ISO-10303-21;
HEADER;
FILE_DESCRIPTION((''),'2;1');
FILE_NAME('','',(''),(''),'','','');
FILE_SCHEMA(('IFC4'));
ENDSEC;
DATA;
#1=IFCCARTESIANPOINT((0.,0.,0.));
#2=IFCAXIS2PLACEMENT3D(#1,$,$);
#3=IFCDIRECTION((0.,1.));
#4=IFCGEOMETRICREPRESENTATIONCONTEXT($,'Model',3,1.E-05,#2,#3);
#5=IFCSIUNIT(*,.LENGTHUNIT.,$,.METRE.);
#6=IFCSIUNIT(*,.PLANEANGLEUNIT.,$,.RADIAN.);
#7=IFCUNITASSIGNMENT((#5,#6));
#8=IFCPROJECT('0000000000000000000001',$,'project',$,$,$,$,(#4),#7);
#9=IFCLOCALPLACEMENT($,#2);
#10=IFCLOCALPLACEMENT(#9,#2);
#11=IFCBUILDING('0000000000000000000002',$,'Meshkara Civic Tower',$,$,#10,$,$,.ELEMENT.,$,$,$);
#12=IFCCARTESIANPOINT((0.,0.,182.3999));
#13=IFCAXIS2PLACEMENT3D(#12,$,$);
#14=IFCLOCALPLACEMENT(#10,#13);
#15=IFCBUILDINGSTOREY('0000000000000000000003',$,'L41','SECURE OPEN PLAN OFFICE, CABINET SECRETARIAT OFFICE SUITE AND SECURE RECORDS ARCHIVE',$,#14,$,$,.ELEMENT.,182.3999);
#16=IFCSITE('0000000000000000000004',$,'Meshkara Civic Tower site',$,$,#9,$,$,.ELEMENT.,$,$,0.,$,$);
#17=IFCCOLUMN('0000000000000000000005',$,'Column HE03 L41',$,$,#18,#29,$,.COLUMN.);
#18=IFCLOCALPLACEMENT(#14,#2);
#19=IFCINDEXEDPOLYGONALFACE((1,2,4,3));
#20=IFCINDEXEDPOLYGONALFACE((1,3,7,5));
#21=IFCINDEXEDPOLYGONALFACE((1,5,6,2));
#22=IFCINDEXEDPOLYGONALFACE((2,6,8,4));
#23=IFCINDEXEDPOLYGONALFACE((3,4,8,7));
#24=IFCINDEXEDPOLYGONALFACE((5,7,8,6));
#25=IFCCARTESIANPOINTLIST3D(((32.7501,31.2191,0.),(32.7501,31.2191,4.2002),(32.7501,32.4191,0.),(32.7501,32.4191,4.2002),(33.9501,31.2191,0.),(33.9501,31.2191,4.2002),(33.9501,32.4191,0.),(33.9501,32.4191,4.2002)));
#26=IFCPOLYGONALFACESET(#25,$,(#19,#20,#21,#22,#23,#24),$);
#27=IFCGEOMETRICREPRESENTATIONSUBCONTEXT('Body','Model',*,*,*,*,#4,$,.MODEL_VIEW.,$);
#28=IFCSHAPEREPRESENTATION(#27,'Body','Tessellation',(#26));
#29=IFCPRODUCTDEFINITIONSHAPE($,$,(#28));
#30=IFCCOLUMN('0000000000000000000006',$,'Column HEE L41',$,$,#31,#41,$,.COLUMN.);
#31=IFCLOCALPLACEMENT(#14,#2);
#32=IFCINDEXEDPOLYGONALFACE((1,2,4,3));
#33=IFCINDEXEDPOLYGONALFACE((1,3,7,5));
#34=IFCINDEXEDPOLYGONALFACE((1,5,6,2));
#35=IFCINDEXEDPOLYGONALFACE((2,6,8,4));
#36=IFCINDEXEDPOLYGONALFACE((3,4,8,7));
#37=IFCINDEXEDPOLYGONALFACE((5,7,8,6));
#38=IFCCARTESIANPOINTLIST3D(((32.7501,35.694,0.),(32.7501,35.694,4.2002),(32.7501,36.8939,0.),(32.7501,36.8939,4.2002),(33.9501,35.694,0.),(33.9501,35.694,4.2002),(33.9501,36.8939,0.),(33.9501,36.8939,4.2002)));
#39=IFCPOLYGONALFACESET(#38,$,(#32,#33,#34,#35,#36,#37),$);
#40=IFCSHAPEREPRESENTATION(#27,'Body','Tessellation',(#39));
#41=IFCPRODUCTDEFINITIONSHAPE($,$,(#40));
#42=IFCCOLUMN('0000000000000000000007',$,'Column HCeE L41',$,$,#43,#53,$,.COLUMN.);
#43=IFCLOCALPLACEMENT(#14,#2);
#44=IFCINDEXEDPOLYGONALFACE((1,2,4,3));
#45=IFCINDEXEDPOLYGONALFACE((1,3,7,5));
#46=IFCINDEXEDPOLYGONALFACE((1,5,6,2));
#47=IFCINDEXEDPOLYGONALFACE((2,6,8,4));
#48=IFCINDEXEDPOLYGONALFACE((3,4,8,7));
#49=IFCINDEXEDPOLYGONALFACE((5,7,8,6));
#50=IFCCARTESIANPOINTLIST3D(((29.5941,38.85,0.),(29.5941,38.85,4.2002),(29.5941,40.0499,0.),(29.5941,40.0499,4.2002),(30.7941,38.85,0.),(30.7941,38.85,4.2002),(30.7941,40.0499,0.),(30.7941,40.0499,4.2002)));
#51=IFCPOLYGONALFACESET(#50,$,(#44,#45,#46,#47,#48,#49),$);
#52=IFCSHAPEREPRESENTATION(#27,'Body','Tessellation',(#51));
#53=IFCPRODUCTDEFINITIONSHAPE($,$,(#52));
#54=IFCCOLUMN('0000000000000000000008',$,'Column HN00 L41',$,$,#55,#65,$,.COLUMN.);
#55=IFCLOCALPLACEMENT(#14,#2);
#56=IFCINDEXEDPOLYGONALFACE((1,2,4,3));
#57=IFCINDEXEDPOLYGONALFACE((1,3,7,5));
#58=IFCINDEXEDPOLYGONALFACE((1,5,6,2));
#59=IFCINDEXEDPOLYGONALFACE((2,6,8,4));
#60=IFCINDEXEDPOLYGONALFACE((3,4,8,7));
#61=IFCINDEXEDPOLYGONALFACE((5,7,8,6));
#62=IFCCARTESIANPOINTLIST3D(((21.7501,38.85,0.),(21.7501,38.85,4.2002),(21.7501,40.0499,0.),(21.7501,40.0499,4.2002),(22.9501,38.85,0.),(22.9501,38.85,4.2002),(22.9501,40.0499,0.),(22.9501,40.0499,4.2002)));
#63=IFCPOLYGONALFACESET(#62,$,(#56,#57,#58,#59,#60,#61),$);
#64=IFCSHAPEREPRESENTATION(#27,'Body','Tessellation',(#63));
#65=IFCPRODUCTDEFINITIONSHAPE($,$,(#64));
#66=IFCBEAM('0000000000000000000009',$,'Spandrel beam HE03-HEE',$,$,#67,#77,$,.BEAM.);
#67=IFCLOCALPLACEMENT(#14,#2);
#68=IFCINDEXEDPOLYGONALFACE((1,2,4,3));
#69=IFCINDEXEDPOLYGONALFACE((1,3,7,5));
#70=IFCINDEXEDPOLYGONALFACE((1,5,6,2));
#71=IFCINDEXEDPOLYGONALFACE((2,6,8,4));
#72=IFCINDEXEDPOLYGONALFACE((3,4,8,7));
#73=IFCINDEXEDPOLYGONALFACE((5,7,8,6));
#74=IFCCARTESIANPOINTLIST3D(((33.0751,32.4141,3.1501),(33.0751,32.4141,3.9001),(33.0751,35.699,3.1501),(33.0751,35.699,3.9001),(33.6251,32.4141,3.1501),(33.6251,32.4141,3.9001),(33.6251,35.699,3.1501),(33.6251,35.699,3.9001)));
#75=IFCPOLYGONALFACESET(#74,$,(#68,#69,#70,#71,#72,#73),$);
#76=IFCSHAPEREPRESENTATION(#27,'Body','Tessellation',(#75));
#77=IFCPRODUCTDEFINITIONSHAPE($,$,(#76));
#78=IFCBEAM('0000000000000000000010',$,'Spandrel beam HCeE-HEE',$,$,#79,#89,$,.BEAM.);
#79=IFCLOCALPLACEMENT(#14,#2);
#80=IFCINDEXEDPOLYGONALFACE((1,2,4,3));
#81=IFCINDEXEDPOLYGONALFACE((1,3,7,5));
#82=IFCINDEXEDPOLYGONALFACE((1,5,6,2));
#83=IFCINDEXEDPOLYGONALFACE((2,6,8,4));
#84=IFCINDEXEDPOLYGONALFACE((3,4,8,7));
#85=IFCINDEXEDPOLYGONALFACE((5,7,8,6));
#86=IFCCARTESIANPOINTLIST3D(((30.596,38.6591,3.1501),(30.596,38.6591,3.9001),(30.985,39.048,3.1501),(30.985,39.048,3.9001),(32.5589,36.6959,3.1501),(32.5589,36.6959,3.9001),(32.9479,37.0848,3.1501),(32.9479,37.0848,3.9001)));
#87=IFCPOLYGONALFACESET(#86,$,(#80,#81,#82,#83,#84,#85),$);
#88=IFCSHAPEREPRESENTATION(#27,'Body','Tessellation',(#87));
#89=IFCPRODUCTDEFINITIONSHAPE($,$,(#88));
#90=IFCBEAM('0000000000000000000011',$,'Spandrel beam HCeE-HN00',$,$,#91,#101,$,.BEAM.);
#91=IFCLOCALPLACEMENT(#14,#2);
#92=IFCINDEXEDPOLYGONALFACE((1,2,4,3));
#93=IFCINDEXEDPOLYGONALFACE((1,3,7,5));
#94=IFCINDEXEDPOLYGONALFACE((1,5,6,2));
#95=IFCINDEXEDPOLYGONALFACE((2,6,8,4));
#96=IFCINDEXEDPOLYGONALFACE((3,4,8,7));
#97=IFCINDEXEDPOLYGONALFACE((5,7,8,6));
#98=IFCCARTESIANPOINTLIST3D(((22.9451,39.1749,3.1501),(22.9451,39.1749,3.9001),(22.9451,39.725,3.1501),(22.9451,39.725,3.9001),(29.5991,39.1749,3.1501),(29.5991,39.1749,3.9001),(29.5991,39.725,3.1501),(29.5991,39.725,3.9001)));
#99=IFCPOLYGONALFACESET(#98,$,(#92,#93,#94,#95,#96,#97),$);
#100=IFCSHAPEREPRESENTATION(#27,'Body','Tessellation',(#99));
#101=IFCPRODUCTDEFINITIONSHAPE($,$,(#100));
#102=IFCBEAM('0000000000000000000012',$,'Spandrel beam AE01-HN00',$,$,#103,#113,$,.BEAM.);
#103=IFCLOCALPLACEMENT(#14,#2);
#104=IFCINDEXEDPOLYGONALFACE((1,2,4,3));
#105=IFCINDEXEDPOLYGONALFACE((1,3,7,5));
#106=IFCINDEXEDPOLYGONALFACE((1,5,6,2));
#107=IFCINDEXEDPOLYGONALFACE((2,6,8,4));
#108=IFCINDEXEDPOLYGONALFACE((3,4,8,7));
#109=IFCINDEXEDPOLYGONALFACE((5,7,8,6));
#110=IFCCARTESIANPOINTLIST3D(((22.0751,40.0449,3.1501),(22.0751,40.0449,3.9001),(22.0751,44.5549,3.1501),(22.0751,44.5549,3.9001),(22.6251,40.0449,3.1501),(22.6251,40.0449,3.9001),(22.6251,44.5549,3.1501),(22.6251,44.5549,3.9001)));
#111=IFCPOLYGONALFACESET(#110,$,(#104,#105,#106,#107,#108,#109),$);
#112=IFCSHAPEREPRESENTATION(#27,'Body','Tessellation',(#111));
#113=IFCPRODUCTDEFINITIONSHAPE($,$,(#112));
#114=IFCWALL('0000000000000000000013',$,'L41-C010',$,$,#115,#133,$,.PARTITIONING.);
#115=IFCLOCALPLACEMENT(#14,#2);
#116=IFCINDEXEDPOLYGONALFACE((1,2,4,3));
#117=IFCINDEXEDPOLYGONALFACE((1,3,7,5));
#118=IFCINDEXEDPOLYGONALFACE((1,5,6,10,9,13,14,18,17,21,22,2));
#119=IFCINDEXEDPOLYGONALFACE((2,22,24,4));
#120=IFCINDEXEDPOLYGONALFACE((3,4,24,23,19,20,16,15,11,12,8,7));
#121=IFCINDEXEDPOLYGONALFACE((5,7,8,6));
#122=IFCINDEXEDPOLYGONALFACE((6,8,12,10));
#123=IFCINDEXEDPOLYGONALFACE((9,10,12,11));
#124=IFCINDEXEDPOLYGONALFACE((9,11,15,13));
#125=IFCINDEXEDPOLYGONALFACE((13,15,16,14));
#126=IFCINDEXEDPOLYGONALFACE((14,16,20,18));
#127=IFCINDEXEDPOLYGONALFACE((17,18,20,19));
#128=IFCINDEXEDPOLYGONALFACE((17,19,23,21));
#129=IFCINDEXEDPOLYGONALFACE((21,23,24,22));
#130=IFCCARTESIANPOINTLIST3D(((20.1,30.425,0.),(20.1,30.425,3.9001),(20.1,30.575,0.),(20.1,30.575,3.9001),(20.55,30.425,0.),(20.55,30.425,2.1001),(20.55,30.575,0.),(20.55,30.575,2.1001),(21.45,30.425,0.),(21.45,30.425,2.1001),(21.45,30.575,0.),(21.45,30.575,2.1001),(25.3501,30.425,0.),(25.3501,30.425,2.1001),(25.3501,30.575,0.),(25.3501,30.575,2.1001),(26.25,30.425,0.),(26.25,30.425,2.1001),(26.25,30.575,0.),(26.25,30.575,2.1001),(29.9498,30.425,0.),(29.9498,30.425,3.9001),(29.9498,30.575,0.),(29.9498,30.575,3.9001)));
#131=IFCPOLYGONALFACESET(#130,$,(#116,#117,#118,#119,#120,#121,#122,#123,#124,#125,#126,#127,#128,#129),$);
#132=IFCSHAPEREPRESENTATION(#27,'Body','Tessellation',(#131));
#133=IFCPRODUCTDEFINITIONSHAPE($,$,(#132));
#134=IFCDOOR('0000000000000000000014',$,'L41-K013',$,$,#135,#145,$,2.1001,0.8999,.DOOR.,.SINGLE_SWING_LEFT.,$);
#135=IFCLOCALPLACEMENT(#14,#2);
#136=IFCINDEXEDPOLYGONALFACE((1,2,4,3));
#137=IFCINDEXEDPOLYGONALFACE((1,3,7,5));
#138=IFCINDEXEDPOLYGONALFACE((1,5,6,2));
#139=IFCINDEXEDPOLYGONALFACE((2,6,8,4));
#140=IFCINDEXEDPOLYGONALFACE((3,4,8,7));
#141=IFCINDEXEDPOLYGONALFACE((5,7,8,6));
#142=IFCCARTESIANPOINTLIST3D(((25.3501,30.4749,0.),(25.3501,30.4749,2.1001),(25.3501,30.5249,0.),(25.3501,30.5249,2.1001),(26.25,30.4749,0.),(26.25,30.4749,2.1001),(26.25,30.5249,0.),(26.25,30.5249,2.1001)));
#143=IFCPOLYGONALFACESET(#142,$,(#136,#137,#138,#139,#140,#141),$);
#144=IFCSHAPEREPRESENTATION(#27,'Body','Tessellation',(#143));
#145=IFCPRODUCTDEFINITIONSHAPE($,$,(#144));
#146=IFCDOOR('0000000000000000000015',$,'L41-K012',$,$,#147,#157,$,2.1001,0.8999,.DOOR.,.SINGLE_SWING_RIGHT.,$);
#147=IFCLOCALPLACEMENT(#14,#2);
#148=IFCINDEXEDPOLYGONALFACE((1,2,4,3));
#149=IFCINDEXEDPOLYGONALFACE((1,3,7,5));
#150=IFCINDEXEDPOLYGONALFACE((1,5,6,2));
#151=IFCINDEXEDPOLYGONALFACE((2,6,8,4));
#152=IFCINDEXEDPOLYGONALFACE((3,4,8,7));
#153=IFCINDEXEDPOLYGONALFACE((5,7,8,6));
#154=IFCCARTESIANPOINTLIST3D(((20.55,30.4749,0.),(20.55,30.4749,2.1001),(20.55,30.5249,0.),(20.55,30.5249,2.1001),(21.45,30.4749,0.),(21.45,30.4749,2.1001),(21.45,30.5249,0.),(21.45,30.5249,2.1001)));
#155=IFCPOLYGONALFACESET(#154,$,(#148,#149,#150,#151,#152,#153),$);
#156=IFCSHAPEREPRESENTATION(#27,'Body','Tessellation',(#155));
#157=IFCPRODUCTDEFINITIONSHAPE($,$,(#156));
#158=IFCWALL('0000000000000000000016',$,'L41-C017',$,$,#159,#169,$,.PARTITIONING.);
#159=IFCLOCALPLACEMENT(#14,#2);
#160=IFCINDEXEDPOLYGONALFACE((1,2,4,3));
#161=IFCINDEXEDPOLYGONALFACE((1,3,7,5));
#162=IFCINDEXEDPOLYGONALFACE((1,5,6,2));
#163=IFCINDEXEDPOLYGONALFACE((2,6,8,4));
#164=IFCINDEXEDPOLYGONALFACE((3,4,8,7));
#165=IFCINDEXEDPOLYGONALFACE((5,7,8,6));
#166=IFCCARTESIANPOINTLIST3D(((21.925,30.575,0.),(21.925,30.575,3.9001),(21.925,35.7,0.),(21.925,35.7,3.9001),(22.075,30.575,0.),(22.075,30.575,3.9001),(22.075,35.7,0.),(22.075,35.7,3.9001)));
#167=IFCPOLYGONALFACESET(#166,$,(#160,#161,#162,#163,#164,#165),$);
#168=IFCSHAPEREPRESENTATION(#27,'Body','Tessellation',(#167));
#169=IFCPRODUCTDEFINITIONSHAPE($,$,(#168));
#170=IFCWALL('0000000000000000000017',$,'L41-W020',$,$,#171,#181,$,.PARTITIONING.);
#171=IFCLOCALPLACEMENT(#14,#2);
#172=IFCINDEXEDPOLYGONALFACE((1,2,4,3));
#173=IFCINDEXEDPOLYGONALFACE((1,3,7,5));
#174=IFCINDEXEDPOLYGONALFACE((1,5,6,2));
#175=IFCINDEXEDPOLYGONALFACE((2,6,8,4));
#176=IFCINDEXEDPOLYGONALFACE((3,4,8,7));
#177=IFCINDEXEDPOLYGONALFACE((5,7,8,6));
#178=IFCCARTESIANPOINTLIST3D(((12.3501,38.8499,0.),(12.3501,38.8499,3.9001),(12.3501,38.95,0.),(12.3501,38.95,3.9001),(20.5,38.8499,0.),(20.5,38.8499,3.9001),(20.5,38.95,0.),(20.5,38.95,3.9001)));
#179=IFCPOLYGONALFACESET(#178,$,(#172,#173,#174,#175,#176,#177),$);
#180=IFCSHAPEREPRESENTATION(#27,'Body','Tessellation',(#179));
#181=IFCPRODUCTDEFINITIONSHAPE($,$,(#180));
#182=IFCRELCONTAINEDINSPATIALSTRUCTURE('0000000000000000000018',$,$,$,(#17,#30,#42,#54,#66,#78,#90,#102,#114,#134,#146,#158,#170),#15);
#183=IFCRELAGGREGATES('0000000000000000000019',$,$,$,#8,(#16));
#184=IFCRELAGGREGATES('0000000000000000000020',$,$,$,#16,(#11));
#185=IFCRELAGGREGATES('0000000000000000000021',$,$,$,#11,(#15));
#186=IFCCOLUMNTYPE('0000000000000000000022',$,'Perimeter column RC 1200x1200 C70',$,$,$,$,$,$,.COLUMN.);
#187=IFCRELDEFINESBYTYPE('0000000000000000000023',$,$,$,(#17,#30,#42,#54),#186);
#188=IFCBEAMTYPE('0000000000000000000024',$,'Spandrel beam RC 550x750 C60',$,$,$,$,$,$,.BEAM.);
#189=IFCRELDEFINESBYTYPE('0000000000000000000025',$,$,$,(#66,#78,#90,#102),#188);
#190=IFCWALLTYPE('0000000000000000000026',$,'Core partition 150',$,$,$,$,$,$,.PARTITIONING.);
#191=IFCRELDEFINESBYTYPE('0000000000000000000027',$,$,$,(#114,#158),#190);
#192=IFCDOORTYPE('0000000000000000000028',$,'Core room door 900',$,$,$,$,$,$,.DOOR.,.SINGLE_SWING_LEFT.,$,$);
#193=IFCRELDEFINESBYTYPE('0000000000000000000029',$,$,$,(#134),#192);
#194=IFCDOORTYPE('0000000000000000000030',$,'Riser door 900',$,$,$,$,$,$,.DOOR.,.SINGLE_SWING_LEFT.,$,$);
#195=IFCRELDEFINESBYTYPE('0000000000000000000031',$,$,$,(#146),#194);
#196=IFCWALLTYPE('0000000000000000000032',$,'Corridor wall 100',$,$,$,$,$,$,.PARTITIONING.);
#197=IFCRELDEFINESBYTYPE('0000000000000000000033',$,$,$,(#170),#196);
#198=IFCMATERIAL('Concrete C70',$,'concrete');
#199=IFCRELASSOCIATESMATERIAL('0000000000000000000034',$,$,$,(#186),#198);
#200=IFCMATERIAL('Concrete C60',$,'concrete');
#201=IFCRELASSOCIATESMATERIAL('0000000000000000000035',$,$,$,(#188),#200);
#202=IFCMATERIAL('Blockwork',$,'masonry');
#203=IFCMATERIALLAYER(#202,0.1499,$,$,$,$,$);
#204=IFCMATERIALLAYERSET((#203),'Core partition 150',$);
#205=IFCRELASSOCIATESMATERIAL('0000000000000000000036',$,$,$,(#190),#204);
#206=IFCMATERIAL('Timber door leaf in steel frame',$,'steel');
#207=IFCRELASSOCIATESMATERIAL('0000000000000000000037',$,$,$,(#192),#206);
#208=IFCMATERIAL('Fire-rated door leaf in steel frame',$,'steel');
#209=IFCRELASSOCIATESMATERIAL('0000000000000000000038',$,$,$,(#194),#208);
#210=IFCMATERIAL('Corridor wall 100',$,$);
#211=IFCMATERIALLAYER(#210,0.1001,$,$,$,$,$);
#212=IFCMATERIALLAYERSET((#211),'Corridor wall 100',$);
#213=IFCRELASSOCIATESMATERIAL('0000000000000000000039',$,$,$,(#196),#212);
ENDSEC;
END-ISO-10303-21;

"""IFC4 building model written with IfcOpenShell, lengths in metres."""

from ifc_helpers import new_model, si_unit, direction, frame, frame_2d, origin, origin_2d, place, context, subcontext, project, spatial, rectangle, extrude, material, layer, layer_set, material_profile, profile_set, type_object, element, fill, save


model = new_model("IFC4")

# Units and contexts
model_context = context("Model", 3, precision=1e-05, world=origin(), true_north=direction((0.0, 1.0)))
body_context = subcontext(model_context, "Body", "Model", "MODEL_VIEW")
ifc_project = project(units=[si_unit("LENGTHUNIT", "METRE"), si_unit("PLANEANGLEUNIT", "RADIAN")], contexts=[model_context])

# Site, building, storey
site_placement = place(None, origin())
site = spatial("IfcSite", under=ifc_project, at=site_placement, Name="Meshkara Civic Tower site", CompositionType="ELEMENT", RefElevation=0.0)
building_placement = place(site_placement, origin())
building = spatial("IfcBuilding", under=site, at=building_placement, Name="Meshkara Civic Tower", CompositionType="ELEMENT")
storey_placement = place(building_placement, frame((0.0, 0.0, 182.3999)))
storey = spatial("IfcBuildingStorey", under=building, at=storey_placement, Name="L41", Description="SECURE OPEN PLAN OFFICE, CABINET SECRETARIAT OFFICE SUITE AND SECURE RECORDS ARCHIVE", CompositionType="ELEMENT", Elevation=182.3999)

# Columns
ifc_material_1 = material(Name="Concrete C70", Category="concrete")
ifc_material_profile_1 = material_profile(ifc_material_1, rectangle(XDim=1.2, YDim=1.2, at=origin_2d()))
ifc_profile_set_1 = profile_set([ifc_material_profile_1], Name="Concrete C70")
column_type = type_object("IfcColumnType", Name="Perimeter column RC 1200x1200 C70", PredefinedType="COLUMN", material=ifc_profile_set_1)
for number, where, z_axis, x_axis, name in (
    (1, (33.3501, 31.8191, 0.0), (0.0, 0.0, 1.0), (1.0, 0.0, 0.0), "Column HE03 L41"),
    (2, (33.3501, 36.2939, 0.0), (0.0, 0.0, 1.0), (1.0, 0.0, 0.0), "Column HEE L41"),
    (3, (30.1941, 39.45, 0.0), (0.0, 0.0, 1.0), (1.0, 0.0, 0.0), "Column HCeE L41"),
    (4, (22.3501, 39.45, 0.0), (0.0, 0.0, 1.0), (1.0, 0.0, 0.0), "Column HN00 L41"),
):
    element("IfcColumn", number, at=place(storey_placement, frame(where, z_axis=z_axis, x_axis=x_axis)), inside=storey, type_object=column_type, Name=name, PredefinedType="COLUMN", context=body_context, shape_type="SweptSolid", body=[
        extrude(rectangle(XDim=1.2, YDim=1.2, at=origin_2d()), origin(), (0.0, 0.0, 1.0), 4.2002),
    ])

# Beams
ifc_material_2 = material(Name="Concrete C60", Category="concrete")
ifc_material_profile_2 = material_profile(ifc_material_2, rectangle(XDim=0.55, YDim=0.75, at=origin_2d()))
ifc_profile_set_2 = profile_set([ifc_material_profile_2], Name="Concrete C60")
beam_type = type_object("IfcBeamType", Name="Spandrel beam RC 550x750 C60", PredefinedType="BEAM", material=ifc_profile_set_2)
beam_1_placement = place(storey_placement, frame((33.3501, 32.4141, 3.5251), z_axis=(0.0, 1.0, 0.0), x_axis=(-1.0, 0.0, 0.0)))
element("IfcBeam", 5, at=beam_1_placement, inside=storey, type_object=beam_type, Name="Spandrel beam HE03-HEE", PredefinedType="BEAM", context=body_context, shape_type="SweptSolid", body=[
    extrude(rectangle(XDim=0.55, YDim=0.75, at=origin_2d()), origin(), (0.0, 0.0, 1.0), 3.2849),
])
beam_2_placement = place(storey_placement, frame((32.7534, 36.8904, 3.5251), z_axis=(-0.707063, 0.707151, 0.0), x_axis=(-0.707151, -0.707063, 0.0)))
element("IfcBeam", 6, at=beam_2_placement, inside=storey, type_object=beam_type, Name="Spandrel beam HCeE-HEE", PredefinedType="BEAM", context=body_context, shape_type="SweptSolid", body=[
    extrude(rectangle(XDim=0.55, YDim=0.75, at=origin_2d()), origin(), (0.0, 0.0, 1.0), 2.7761),
])
beam_3_placement = place(storey_placement, frame((29.5991, 39.45, 3.5251), z_axis=(-1.0, 0.0, 0.0), x_axis=(0.0, -1.0, 0.0)))
element("IfcBeam", 7, at=beam_3_placement, inside=storey, type_object=beam_type, Name="Spandrel beam HCeE-HN00", PredefinedType="BEAM", context=body_context, shape_type="SweptSolid", body=[
    extrude(rectangle(XDim=0.55, YDim=0.75, at=origin_2d()), origin(), (0.0, 0.0, 1.0), 6.6541),
])
beam_4_placement = place(storey_placement, frame((22.3501, 40.0449, 3.5251), z_axis=(0.0, 1.0, 0.0), x_axis=(-1.0, 0.0, 0.0)))
element("IfcBeam", 8, at=beam_4_placement, inside=storey, type_object=beam_type, Name="Spandrel beam AE01-HN00", PredefinedType="BEAM", context=body_context, shape_type="SweptSolid", body=[
    extrude(rectangle(XDim=0.55, YDim=0.75, at=origin_2d()), origin(), (0.0, 0.0, 1.0), 4.51),
])

# Wall, openings, doors
ifc_material_3 = material(Name="Blockwork", Category="masonry")
ifc_layer_1 = layer(ifc_material_3, 0.1499)
ifc_layer_set_1 = layer_set([ifc_layer_1], Name="Core partition 150")
wall_type_1 = type_object("IfcWallType", Name="Core partition 150", PredefinedType="PARTITIONING", material=ifc_layer_set_1)
wall_1_placement = place(storey_placement, frame((20.1001, 30.5, 0.0), z_axis=(0.0, 0.0, 1.0), x_axis=(1.0, 0.0, 0.0)))
wall_1 = element("IfcWall", 9, at=wall_1_placement, inside=storey, type_object=wall_type_1, Name="L41-C010", PredefinedType="PARTITIONING", context=body_context, shape_type="SweptSolid", body=[
    extrude(rectangle(XDim=9.8499, YDim=0.1499, at=frame_2d((4.9248, 0.0))), origin(), (0.0, 0.0, 1.0), 3.9001),
])
opening_1_placement = place(wall_1_placement, frame((0.45, 0.0, 0.0)))
opening_1 = element("IfcOpeningElement", 10, at=opening_1_placement, cuts=wall_1, PredefinedType="OPENING", context=body_context, shape_type="SweptSolid", body=[
    extrude(rectangle(XDim=0.8999, YDim=2.1001, at=frame_2d((0.45, 1.05))), frame((0.0, 0.085, 0.0), z_axis=(0.0, -1.0, 0.0), x_axis=(1.0, 0.0, 0.0)), (0.0, 0.0, 1.0), 0.1699),
])
opening_2_placement = place(wall_1_placement, frame((5.25, 0.0, 0.0)))
opening_2 = element("IfcOpeningElement", 11, at=opening_2_placement, cuts=wall_1, PredefinedType="OPENING", context=body_context, shape_type="SweptSolid", body=[
    extrude(rectangle(XDim=0.8999, YDim=2.1001, at=frame_2d((0.45, 1.05))), frame((0.0, 0.085, 0.0), z_axis=(0.0, -1.0, 0.0), x_axis=(1.0, 0.0, 0.0)), (0.0, 0.0, 1.0), 0.1699),
])
ifc_material_4 = material(Name="Timber door leaf in steel frame", Category="steel")
door_type_1 = type_object("IfcDoorType", Name="Core room door 900", OperationType="SINGLE_SWING_LEFT", PredefinedType="DOOR", material=ifc_material_4)
door_1_placement = place(opening_2_placement, origin())
door_1 = element("IfcDoor", 12, at=door_1_placement, inside=storey, type_object=door_type_1, Name="L41-K013", OperationType="SINGLE_SWING_LEFT", OverallHeight=2.1001, OverallWidth=0.8999, PredefinedType="DOOR", context=body_context, shape_type="SweptSolid", body=[
    extrude(rectangle(XDim=0.8999, YDim=2.1001, at=frame_2d((0.45, 1.05))), frame((0.0, 0.0249, 0.0), z_axis=(0.0, -1.0, 0.0), x_axis=(1.0, 0.0, 0.0)), (0.0, 0.0, 1.0), 0.05),
])
fill(opening_2, door_1)
ifc_material_5 = material(Name="Fire-rated door leaf in steel frame", Category="steel")
door_type_2 = type_object("IfcDoorType", Name="Riser door 900", OperationType="SINGLE_SWING_LEFT", PredefinedType="DOOR", material=ifc_material_5)
door_2_placement = place(opening_1_placement, origin())
door_2 = element("IfcDoor", 13, at=door_2_placement, inside=storey, type_object=door_type_2, Name="L41-K012", OperationType="SINGLE_SWING_RIGHT", OverallHeight=2.1001, OverallWidth=0.8999, PredefinedType="DOOR", context=body_context, shape_type="SweptSolid", body=[
    extrude(rectangle(XDim=0.8999, YDim=2.1001, at=frame_2d((0.45, 1.05))), frame((0.0, 0.0249, 0.0), z_axis=(0.0, -1.0, 0.0), x_axis=(1.0, 0.0, 0.0)), (0.0, 0.0, 1.0), 0.05),
])
fill(opening_1, door_2)

# Walls
wall_2_placement = place(storey_placement, frame((22.0, 30.575, 0.0), z_axis=(0.0, 0.0, 1.0), x_axis=(0.0, 1.0, 0.0)))
element("IfcWall", 14, at=wall_2_placement, inside=storey, type_object=wall_type_1, Name="L41-C017", PredefinedType="PARTITIONING", context=body_context, shape_type="SweptSolid", body=[
    extrude(rectangle(XDim=5.125, YDim=0.1499, at=frame_2d((2.5625, 0.0))), origin(), (0.0, 0.0, 1.0), 3.9001),
])
ifc_material_6 = material(Name="Corridor wall 100")
ifc_layer_2 = layer(ifc_material_6, 0.1001)
ifc_layer_set_2 = layer_set([ifc_layer_2], Name="Corridor wall 100")
wall_type_2 = type_object("IfcWallType", Name="Corridor wall 100", PredefinedType="PARTITIONING", material=ifc_layer_set_2)
wall_3_placement = place(storey_placement, frame((20.5, 38.8999, 0.0), z_axis=(0.0, 0.0, 1.0), x_axis=(-1.0, 0.0, 0.0)))
element("IfcWall", 15, at=wall_3_placement, inside=storey, type_object=wall_type_2, Name="L41-W020", PredefinedType="PARTITIONING", context=body_context, shape_type="SweptSolid", body=[
    extrude(rectangle(XDim=8.1499, YDim=0.1001, at=frame_2d((4.075, 0.0))), origin(), (0.0, 0.0, 1.0), 3.9001),
])

save(model, "model.ifc")
